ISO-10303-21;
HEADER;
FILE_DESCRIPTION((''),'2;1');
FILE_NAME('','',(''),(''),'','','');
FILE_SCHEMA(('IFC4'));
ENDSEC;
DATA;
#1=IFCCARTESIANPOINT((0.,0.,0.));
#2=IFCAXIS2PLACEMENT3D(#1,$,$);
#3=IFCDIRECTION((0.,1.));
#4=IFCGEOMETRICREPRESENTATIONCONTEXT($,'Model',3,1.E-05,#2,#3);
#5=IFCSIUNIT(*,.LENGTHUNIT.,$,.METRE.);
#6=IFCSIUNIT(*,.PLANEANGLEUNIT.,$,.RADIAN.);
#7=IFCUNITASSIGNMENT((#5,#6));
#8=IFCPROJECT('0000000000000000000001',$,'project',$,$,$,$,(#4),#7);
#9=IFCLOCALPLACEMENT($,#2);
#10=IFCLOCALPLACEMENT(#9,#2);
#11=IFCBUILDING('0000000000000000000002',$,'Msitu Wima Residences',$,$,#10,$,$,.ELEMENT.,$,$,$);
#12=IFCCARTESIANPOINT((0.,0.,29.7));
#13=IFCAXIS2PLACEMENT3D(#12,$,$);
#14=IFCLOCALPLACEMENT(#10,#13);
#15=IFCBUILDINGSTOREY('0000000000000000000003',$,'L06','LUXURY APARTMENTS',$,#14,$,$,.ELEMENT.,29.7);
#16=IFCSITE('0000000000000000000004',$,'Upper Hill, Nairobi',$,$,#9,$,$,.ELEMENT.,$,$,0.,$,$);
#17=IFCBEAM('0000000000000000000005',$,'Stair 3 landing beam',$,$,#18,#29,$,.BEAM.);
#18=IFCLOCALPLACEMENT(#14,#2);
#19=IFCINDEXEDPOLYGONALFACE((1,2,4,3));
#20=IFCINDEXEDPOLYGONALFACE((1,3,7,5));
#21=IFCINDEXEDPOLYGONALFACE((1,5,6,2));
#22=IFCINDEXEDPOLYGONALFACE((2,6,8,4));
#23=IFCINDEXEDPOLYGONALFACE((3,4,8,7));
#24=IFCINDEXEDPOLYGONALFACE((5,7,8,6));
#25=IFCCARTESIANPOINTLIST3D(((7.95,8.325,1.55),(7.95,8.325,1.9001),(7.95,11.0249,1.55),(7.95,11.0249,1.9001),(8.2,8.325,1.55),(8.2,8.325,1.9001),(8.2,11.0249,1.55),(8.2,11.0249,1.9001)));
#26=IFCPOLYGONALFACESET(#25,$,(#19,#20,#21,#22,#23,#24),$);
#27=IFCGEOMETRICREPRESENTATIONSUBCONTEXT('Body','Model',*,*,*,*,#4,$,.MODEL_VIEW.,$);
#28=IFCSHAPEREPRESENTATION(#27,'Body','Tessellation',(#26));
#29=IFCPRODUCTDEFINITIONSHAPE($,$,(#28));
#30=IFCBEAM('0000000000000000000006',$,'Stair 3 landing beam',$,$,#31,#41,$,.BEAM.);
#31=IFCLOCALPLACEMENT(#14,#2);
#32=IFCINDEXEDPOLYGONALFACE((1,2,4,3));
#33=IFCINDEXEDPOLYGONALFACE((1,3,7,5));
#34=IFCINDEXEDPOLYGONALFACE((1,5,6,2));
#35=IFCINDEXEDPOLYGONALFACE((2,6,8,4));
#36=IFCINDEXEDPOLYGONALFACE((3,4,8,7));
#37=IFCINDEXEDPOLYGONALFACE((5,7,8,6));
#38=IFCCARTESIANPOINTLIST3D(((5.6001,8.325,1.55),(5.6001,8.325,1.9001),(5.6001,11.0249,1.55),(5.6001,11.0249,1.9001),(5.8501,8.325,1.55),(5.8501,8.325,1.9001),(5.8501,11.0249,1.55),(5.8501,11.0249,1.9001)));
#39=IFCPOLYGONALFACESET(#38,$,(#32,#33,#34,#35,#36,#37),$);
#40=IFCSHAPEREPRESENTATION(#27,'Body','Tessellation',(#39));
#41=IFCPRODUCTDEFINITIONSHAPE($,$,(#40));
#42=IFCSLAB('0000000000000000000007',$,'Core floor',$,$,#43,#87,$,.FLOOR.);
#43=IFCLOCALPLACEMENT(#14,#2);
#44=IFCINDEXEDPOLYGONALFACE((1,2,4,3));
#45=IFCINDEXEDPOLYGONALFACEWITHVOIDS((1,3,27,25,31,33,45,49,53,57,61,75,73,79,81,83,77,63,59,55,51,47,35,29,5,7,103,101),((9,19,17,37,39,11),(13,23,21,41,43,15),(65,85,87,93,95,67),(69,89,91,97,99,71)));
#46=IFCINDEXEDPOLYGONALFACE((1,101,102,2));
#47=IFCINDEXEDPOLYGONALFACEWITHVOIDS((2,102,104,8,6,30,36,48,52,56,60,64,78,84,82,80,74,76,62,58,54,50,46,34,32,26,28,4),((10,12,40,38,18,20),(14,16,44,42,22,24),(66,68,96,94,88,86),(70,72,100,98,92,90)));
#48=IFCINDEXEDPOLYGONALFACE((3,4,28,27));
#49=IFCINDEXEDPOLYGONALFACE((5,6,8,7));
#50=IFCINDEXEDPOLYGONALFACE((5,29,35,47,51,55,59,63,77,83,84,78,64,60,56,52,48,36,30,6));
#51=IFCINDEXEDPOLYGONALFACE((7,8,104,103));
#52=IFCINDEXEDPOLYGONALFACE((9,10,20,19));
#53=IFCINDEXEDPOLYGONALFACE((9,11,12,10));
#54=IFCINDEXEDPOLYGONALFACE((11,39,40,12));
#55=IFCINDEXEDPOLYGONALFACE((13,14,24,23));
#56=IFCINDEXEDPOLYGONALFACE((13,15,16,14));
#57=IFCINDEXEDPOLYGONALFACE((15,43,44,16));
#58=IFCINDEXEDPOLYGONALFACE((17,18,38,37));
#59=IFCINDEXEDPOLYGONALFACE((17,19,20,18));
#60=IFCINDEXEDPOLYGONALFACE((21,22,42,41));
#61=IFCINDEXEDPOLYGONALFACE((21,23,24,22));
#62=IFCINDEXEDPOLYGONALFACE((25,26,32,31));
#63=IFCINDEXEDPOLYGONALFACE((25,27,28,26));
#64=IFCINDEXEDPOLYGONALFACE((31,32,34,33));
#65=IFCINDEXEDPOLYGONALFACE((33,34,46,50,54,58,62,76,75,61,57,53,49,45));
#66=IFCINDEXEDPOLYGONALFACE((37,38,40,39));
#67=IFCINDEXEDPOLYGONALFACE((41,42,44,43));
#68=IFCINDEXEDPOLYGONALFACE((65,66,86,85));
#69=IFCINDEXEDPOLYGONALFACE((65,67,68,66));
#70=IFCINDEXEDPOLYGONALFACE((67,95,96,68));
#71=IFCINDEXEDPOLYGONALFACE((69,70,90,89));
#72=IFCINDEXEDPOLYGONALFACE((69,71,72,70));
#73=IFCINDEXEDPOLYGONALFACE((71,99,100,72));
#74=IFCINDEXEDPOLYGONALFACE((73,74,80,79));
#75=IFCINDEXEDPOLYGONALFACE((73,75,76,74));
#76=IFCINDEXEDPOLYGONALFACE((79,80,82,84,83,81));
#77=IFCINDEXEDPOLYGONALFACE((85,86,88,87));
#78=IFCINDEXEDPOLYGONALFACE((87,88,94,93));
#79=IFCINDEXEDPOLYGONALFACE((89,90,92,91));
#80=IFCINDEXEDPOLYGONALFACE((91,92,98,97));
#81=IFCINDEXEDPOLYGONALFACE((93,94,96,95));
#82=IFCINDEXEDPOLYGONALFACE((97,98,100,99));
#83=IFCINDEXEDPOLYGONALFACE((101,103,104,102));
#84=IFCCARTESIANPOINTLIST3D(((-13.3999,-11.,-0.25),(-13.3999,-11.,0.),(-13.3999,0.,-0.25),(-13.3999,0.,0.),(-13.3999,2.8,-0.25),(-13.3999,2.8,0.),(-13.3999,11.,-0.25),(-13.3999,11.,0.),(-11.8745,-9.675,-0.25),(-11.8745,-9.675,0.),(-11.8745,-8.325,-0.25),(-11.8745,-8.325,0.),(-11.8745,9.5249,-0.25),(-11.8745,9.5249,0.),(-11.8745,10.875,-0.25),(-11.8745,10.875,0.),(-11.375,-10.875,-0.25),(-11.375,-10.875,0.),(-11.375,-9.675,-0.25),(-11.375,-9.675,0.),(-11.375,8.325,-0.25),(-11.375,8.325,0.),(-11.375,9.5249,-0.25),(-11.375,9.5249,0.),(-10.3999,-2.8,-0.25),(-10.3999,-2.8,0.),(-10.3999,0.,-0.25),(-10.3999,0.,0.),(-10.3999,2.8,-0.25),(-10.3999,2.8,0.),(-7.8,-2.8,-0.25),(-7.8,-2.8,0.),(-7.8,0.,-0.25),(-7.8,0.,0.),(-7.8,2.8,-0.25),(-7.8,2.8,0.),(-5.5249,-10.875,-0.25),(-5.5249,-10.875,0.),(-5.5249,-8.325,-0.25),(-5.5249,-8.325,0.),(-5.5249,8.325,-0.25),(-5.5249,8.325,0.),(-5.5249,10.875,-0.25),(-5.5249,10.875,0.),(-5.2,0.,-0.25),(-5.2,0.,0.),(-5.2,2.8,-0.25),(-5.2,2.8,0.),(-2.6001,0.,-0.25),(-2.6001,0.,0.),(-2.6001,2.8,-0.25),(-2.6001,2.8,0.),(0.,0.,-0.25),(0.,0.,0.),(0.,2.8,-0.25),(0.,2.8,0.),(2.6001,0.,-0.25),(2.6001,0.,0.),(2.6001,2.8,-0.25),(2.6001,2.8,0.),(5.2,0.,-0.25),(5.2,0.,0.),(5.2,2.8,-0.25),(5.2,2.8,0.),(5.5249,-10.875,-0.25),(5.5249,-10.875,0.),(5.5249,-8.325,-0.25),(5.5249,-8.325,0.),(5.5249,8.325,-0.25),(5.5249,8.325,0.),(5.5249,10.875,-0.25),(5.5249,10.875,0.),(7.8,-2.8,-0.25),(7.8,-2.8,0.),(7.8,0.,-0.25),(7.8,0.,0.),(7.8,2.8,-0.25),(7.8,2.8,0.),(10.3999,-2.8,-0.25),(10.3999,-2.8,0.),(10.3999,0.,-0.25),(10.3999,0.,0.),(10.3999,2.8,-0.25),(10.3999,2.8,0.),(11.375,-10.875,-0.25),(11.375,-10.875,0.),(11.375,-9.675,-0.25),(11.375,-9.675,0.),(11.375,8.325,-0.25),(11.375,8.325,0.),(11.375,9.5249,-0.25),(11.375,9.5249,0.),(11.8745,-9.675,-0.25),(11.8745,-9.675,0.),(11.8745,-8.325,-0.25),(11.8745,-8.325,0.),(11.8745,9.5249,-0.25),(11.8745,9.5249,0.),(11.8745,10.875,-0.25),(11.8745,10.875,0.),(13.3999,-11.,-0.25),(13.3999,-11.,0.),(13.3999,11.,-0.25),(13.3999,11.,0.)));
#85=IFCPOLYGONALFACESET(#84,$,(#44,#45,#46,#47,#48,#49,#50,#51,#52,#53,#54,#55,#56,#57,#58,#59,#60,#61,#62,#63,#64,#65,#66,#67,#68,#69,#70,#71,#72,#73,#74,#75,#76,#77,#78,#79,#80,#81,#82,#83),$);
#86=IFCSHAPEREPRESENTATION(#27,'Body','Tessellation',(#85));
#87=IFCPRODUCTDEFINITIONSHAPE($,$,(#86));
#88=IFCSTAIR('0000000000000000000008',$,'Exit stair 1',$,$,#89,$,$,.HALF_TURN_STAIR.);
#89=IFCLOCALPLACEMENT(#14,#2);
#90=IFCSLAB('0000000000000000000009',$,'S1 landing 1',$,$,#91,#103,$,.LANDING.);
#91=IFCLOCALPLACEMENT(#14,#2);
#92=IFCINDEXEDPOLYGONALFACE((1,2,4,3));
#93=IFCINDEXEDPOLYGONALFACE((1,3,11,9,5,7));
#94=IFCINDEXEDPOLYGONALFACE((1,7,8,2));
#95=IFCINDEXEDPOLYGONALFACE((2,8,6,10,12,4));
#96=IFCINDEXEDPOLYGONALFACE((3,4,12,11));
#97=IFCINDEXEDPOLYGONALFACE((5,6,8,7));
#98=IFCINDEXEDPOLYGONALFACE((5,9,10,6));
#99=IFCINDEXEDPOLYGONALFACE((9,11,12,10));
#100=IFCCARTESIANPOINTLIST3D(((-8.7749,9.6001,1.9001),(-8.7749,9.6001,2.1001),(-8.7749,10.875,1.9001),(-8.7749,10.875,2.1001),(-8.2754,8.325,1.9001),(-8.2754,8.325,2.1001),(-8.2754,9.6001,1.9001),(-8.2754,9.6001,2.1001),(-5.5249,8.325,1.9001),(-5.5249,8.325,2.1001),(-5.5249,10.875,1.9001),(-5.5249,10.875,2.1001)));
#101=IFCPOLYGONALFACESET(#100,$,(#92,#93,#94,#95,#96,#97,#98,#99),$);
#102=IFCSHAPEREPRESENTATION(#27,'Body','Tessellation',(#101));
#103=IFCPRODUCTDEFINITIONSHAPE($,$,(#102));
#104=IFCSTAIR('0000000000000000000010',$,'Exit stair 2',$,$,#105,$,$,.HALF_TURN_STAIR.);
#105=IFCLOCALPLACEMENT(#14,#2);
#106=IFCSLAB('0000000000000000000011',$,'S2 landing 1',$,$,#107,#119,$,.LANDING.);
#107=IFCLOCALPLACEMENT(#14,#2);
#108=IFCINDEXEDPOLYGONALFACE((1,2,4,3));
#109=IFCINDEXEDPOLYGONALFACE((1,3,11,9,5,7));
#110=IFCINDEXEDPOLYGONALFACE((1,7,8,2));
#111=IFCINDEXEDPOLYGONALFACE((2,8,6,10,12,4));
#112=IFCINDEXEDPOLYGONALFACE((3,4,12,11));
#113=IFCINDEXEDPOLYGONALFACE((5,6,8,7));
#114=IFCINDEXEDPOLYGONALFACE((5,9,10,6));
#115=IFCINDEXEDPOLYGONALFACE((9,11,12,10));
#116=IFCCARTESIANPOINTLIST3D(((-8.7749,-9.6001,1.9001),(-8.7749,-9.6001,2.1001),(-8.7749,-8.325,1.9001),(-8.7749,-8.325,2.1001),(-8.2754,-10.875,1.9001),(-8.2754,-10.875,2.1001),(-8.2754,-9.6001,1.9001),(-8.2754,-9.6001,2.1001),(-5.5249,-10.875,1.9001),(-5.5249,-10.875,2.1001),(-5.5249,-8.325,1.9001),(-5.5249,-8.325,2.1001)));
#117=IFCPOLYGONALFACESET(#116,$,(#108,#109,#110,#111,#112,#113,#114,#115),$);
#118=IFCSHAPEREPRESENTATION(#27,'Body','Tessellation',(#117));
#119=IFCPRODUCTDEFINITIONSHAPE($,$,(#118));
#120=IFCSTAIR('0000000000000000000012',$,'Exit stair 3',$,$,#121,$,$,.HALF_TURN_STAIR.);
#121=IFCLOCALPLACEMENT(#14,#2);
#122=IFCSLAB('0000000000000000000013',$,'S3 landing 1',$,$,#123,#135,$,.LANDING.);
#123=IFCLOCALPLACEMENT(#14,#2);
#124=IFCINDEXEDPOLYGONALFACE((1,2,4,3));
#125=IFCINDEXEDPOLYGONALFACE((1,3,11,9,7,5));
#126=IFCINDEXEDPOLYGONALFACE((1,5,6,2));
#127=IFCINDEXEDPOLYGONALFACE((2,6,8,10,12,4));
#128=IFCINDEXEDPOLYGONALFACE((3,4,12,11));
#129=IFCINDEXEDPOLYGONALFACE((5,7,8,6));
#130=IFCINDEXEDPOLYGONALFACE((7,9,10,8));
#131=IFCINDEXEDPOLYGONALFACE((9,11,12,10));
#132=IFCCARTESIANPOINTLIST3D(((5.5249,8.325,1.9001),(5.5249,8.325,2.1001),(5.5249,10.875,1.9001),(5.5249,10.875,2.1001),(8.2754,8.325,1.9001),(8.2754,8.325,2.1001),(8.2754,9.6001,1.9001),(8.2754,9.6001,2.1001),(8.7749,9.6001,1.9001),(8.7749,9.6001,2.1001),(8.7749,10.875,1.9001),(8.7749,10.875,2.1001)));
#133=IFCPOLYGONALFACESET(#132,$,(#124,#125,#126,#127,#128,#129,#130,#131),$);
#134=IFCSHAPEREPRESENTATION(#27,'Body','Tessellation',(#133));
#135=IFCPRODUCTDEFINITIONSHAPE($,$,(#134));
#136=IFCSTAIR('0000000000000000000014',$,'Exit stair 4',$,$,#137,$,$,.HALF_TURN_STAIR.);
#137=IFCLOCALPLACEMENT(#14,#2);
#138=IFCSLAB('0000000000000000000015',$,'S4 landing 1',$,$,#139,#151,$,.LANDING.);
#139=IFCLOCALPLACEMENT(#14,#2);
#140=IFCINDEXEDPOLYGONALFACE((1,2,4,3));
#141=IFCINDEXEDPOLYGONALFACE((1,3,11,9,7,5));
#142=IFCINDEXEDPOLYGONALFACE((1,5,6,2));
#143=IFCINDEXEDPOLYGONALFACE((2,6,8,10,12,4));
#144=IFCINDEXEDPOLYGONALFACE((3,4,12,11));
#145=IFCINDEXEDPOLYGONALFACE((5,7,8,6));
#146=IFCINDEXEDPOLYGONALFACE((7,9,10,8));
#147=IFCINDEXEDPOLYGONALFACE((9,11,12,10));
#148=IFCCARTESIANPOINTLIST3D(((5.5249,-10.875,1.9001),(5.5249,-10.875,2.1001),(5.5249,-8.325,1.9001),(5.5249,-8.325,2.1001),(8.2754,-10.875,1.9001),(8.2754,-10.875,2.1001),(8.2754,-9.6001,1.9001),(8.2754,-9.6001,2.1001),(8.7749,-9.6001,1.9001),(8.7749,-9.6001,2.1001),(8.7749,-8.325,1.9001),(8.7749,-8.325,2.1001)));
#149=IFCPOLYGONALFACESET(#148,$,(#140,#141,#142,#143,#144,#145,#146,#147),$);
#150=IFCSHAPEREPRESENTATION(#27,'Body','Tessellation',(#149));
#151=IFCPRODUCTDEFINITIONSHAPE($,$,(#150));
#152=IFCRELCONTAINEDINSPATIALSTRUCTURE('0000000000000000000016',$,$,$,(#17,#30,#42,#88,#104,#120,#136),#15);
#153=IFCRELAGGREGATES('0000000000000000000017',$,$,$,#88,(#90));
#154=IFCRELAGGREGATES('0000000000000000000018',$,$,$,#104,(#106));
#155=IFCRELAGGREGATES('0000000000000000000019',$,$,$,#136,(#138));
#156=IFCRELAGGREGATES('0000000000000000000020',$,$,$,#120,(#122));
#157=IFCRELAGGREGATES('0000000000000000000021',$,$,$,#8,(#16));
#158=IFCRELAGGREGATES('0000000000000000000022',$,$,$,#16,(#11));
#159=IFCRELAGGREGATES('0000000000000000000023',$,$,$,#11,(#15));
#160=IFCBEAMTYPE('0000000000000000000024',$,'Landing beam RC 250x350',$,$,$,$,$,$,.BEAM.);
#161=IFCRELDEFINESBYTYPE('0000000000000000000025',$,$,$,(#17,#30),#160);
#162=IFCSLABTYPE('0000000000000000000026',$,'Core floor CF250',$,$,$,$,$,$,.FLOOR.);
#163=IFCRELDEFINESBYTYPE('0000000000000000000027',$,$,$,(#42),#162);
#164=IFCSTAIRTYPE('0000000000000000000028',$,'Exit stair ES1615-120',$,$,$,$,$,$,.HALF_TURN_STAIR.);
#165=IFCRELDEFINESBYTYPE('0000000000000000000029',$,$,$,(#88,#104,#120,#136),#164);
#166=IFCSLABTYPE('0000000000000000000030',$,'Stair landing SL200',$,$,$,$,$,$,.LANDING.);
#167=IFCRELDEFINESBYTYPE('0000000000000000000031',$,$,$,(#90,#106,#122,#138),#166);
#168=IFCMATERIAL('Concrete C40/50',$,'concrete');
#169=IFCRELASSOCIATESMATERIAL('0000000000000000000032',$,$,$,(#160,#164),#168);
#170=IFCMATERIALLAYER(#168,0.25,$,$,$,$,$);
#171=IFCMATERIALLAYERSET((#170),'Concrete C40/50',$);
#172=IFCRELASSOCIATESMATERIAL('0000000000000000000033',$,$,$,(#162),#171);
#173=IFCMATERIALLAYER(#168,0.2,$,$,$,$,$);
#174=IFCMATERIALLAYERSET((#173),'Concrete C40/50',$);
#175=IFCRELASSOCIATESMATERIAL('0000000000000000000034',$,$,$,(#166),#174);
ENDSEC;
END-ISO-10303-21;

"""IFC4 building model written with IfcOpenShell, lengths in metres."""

from ifc_helpers import new_model, si_unit, direction, frame, origin, origin_2d, place, context, subcontext, project, spatial, polyline, rectangle, outline, extrude, material, layer, layer_set, material_profile, profile_set, type_object, element, aggregate, save


model = new_model("IFC4")

# Units and contexts
model_context = context("Model", 3, precision=1e-05, world=origin(), true_north=direction((0.0, 1.0)))
body_context = subcontext(model_context, "Body", "Model", "MODEL_VIEW")
ifc_project = project(units=[si_unit("LENGTHUNIT", "METRE"), si_unit("PLANEANGLEUNIT", "RADIAN")], contexts=[model_context])

# Site, building, storey
site_placement = place(None, origin())
site = spatial("IfcSite", under=ifc_project, at=site_placement, Name="Upper Hill, Nairobi", CompositionType="ELEMENT", RefElevation=0.0)
building_placement = place(site_placement, origin())
building = spatial("IfcBuilding", under=site, at=building_placement, Name="Msitu Wima Residences", CompositionType="ELEMENT")
storey_placement = place(building_placement, frame((0.0, 0.0, 29.7)))
storey = spatial("IfcBuildingStorey", under=building, at=storey_placement, Name="L06", Description="LUXURY APARTMENTS", CompositionType="ELEMENT", Elevation=29.7)

# Beams
ifc_material_1 = material(Name="Concrete C40/50", Category="concrete")
ifc_material_profile = material_profile(ifc_material_1, rectangle(XDim=0.25, YDim=0.3501, at=origin_2d()), Name="RC 250x350")
ifc_profile_set = profile_set([ifc_material_profile], Name="Concrete C40/50")
beam_type = type_object("IfcBeamType", Name="Landing beam RC 250x350", PredefinedType="BEAM", material=ifc_profile_set)
for number, where, z_axis, x_axis, name in (
    (1, (8.075, 8.325, 1.7251), (0.0, 1.0, 0.0), (-1.0, 0.0, 0.0), "Stair 3 landing beam"),
    (2, (5.7251, 8.325, 1.7251), (0.0, 1.0, 0.0), (-1.0, 0.0, 0.0), "Stair 3 landing beam"),
):
    element("IfcBeam", number, at=place(storey_placement, frame(where, z_axis=z_axis, x_axis=x_axis)), inside=storey, type_object=beam_type, Name=name, PredefinedType="BEAM", context=body_context, shape_type="SweptSolid", body=[
        extrude(rectangle(XDim=0.25, YDim=0.3501, at=origin_2d()), origin(), (0.0, 0.0, 1.0), 2.7),
    ])

# Slab
ifc_layer_1 = layer(ifc_material_1, 0.25)
ifc_layer_set_1 = layer_set([ifc_layer_1], Name="Concrete C40/50")
slab_type_1 = type_object("IfcSlabType", Name="Core floor CF250", PredefinedType="FLOOR", material=ifc_layer_set_1)
slab_1_placement = place(storey_placement, frame((0.0, 0.0, -0.25)))
element("IfcSlab", 3, at=slab_1_placement, inside=storey, type_object=slab_type_1, Name="Core floor", PredefinedType="FLOOR", context=body_context, shape_type="SweptSolid", body=[
    extrude(outline(polyline([(-13.3999, 11.0), (-13.3999, 2.8), (-10.3999, 2.8), (-7.8, 2.8), (-5.2, 2.8), (-2.6001, 2.8), (0.0, 2.8), (2.6001, 2.8), (5.2, 2.8), (7.8, 2.8), (10.3999, 2.8), (10.3999, 0.0), (10.3999, -2.8), (7.8, -2.8), (7.8, 0.0), (5.2, 0.0), (2.6001, 0.0), (0.0, 0.0), (-2.6001, 0.0), (-5.2, 0.0), (-7.8, 0.0), (-7.8, -2.8), (-10.3999, -2.8), (-10.3999, 0.0), (-13.3999, 0.0), (-13.3999, -11.0), (13.3999, -11.0), (13.3999, 11.0), (-13.3999, 11.0)]), holes=[polyline([(-11.375, -10.875), (-11.375, -9.675), (-11.8745, -9.675), (-11.8745, -8.325), (-5.5249, -8.325), (-5.5249, -10.875), (-11.375, -10.875)]), polyline([(-11.375, 9.5249), (-11.8745, 9.5249), (-11.8745, 10.875), (-5.5249, 10.875), (-5.5249, 8.325), (-11.375, 8.325), (-11.375, 9.5249)]), polyline([(11.375, -9.675), (11.375, -10.875), (5.5249, -10.875), (5.5249, -8.325), (11.8745, -8.325), (11.8745, -9.675), (11.375, -9.675)]), polyline([(11.375, 9.5249), (11.375, 8.325), (5.5249, 8.325), (5.5249, 10.875), (11.8745, 10.875), (11.8745, 9.5249), (11.375, 9.5249)])]), origin(), (0.0, 0.0, 1.0), 0.25),
])

# Stairs, slabs
stair_type = type_object("IfcStairType", Name="Exit stair ES1615-120", PredefinedType="HALF_TURN_STAIR", material=ifc_material_1)
stair_1_placement = place(storey_placement, origin())
stair_1 = element("IfcStair", 4, at=stair_1_placement, inside=storey, type_object=stair_type, Name="Exit stair 1", PredefinedType="HALF_TURN_STAIR")
ifc_layer_2 = layer(ifc_material_1, 0.2)
ifc_layer_set_2 = layer_set([ifc_layer_2], Name="Concrete C40/50")
slab_type_2 = type_object("IfcSlabType", Name="Stair landing SL200", PredefinedType="LANDING", material=ifc_layer_set_2)
slab_2_placement = place(storey_placement, frame((0.0, 0.0, 1.9001)))
slab_2 = element("IfcSlab", 5, at=slab_2_placement, type_object=slab_type_2, Name="S1 landing 1", PredefinedType="LANDING", context=body_context, shape_type="SweptSolid", body=[
    extrude(outline(polyline([(-5.5249, 8.325), (-8.2754, 8.325), (-8.2754, 9.6001), (-8.7749, 9.6001), (-8.7749, 10.875), (-5.5249, 10.875), (-5.5249, 8.325)])), origin(), (0.0, 0.0, 1.0), 0.2),
])
aggregate(stair_1, [slab_2])
stair_2_placement = place(storey_placement, origin())
stair_2 = element("IfcStair", 6, at=stair_2_placement, inside=storey, type_object=stair_type, Name="Exit stair 2", PredefinedType="HALF_TURN_STAIR")
slab_3_placement = place(storey_placement, frame((0.0, 0.0, 1.9001)))
slab_3 = element("IfcSlab", 7, at=slab_3_placement, type_object=slab_type_2, Name="S2 landing 1", PredefinedType="LANDING", context=body_context, shape_type="SweptSolid", body=[
    extrude(outline(polyline([(-5.5249, -10.875), (-8.2754, -10.875), (-8.2754, -9.6001), (-8.7749, -9.6001), (-8.7749, -8.325), (-5.5249, -8.325), (-5.5249, -10.875)])), origin(), (0.0, 0.0, 1.0), 0.2),
])
aggregate(stair_2, [slab_3])
stair_3_placement = place(storey_placement, origin())
stair_3 = element("IfcStair", 8, at=stair_3_placement, inside=storey, type_object=stair_type, Name="Exit stair 3", PredefinedType="HALF_TURN_STAIR")
slab_4_placement = place(storey_placement, frame((0.0, 0.0, 1.9001)))
slab_4 = element("IfcSlab", 9, at=slab_4_placement, type_object=slab_type_2, Name="S3 landing 1", PredefinedType="LANDING", context=body_context, shape_type="SweptSolid", body=[
    extrude(outline(polyline([(5.5249, 8.325), (8.2754, 8.325), (8.2754, 9.6001), (8.7749, 9.6001), (8.7749, 10.875), (5.5249, 10.875), (5.5249, 8.325)])), origin(), (0.0, 0.0, 1.0), 0.2),
])
stair_4_placement = place(storey_placement, origin())
stair_4 = element("IfcStair", 10, at=stair_4_placement, inside=storey, type_object=stair_type, Name="Exit stair 4", PredefinedType="HALF_TURN_STAIR")
slab_5_placement = place(storey_placement, frame((0.0, 0.0, 1.9001)))
slab_5 = element("IfcSlab", 11, at=slab_5_placement, type_object=slab_type_2, Name="S4 landing 1", PredefinedType="LANDING", context=body_context, shape_type="SweptSolid", body=[
    extrude(outline(polyline([(5.5249, -10.875), (8.2754, -10.875), (8.2754, -9.6001), (8.7749, -9.6001), (8.7749, -8.325), (5.5249, -8.325), (5.5249, -10.875)])), origin(), (0.0, 0.0, 1.0), 0.2),
])
aggregate(stair_4, [slab_5])

aggregate(stair_3, [slab_4])

save(model, "model.ifc")
